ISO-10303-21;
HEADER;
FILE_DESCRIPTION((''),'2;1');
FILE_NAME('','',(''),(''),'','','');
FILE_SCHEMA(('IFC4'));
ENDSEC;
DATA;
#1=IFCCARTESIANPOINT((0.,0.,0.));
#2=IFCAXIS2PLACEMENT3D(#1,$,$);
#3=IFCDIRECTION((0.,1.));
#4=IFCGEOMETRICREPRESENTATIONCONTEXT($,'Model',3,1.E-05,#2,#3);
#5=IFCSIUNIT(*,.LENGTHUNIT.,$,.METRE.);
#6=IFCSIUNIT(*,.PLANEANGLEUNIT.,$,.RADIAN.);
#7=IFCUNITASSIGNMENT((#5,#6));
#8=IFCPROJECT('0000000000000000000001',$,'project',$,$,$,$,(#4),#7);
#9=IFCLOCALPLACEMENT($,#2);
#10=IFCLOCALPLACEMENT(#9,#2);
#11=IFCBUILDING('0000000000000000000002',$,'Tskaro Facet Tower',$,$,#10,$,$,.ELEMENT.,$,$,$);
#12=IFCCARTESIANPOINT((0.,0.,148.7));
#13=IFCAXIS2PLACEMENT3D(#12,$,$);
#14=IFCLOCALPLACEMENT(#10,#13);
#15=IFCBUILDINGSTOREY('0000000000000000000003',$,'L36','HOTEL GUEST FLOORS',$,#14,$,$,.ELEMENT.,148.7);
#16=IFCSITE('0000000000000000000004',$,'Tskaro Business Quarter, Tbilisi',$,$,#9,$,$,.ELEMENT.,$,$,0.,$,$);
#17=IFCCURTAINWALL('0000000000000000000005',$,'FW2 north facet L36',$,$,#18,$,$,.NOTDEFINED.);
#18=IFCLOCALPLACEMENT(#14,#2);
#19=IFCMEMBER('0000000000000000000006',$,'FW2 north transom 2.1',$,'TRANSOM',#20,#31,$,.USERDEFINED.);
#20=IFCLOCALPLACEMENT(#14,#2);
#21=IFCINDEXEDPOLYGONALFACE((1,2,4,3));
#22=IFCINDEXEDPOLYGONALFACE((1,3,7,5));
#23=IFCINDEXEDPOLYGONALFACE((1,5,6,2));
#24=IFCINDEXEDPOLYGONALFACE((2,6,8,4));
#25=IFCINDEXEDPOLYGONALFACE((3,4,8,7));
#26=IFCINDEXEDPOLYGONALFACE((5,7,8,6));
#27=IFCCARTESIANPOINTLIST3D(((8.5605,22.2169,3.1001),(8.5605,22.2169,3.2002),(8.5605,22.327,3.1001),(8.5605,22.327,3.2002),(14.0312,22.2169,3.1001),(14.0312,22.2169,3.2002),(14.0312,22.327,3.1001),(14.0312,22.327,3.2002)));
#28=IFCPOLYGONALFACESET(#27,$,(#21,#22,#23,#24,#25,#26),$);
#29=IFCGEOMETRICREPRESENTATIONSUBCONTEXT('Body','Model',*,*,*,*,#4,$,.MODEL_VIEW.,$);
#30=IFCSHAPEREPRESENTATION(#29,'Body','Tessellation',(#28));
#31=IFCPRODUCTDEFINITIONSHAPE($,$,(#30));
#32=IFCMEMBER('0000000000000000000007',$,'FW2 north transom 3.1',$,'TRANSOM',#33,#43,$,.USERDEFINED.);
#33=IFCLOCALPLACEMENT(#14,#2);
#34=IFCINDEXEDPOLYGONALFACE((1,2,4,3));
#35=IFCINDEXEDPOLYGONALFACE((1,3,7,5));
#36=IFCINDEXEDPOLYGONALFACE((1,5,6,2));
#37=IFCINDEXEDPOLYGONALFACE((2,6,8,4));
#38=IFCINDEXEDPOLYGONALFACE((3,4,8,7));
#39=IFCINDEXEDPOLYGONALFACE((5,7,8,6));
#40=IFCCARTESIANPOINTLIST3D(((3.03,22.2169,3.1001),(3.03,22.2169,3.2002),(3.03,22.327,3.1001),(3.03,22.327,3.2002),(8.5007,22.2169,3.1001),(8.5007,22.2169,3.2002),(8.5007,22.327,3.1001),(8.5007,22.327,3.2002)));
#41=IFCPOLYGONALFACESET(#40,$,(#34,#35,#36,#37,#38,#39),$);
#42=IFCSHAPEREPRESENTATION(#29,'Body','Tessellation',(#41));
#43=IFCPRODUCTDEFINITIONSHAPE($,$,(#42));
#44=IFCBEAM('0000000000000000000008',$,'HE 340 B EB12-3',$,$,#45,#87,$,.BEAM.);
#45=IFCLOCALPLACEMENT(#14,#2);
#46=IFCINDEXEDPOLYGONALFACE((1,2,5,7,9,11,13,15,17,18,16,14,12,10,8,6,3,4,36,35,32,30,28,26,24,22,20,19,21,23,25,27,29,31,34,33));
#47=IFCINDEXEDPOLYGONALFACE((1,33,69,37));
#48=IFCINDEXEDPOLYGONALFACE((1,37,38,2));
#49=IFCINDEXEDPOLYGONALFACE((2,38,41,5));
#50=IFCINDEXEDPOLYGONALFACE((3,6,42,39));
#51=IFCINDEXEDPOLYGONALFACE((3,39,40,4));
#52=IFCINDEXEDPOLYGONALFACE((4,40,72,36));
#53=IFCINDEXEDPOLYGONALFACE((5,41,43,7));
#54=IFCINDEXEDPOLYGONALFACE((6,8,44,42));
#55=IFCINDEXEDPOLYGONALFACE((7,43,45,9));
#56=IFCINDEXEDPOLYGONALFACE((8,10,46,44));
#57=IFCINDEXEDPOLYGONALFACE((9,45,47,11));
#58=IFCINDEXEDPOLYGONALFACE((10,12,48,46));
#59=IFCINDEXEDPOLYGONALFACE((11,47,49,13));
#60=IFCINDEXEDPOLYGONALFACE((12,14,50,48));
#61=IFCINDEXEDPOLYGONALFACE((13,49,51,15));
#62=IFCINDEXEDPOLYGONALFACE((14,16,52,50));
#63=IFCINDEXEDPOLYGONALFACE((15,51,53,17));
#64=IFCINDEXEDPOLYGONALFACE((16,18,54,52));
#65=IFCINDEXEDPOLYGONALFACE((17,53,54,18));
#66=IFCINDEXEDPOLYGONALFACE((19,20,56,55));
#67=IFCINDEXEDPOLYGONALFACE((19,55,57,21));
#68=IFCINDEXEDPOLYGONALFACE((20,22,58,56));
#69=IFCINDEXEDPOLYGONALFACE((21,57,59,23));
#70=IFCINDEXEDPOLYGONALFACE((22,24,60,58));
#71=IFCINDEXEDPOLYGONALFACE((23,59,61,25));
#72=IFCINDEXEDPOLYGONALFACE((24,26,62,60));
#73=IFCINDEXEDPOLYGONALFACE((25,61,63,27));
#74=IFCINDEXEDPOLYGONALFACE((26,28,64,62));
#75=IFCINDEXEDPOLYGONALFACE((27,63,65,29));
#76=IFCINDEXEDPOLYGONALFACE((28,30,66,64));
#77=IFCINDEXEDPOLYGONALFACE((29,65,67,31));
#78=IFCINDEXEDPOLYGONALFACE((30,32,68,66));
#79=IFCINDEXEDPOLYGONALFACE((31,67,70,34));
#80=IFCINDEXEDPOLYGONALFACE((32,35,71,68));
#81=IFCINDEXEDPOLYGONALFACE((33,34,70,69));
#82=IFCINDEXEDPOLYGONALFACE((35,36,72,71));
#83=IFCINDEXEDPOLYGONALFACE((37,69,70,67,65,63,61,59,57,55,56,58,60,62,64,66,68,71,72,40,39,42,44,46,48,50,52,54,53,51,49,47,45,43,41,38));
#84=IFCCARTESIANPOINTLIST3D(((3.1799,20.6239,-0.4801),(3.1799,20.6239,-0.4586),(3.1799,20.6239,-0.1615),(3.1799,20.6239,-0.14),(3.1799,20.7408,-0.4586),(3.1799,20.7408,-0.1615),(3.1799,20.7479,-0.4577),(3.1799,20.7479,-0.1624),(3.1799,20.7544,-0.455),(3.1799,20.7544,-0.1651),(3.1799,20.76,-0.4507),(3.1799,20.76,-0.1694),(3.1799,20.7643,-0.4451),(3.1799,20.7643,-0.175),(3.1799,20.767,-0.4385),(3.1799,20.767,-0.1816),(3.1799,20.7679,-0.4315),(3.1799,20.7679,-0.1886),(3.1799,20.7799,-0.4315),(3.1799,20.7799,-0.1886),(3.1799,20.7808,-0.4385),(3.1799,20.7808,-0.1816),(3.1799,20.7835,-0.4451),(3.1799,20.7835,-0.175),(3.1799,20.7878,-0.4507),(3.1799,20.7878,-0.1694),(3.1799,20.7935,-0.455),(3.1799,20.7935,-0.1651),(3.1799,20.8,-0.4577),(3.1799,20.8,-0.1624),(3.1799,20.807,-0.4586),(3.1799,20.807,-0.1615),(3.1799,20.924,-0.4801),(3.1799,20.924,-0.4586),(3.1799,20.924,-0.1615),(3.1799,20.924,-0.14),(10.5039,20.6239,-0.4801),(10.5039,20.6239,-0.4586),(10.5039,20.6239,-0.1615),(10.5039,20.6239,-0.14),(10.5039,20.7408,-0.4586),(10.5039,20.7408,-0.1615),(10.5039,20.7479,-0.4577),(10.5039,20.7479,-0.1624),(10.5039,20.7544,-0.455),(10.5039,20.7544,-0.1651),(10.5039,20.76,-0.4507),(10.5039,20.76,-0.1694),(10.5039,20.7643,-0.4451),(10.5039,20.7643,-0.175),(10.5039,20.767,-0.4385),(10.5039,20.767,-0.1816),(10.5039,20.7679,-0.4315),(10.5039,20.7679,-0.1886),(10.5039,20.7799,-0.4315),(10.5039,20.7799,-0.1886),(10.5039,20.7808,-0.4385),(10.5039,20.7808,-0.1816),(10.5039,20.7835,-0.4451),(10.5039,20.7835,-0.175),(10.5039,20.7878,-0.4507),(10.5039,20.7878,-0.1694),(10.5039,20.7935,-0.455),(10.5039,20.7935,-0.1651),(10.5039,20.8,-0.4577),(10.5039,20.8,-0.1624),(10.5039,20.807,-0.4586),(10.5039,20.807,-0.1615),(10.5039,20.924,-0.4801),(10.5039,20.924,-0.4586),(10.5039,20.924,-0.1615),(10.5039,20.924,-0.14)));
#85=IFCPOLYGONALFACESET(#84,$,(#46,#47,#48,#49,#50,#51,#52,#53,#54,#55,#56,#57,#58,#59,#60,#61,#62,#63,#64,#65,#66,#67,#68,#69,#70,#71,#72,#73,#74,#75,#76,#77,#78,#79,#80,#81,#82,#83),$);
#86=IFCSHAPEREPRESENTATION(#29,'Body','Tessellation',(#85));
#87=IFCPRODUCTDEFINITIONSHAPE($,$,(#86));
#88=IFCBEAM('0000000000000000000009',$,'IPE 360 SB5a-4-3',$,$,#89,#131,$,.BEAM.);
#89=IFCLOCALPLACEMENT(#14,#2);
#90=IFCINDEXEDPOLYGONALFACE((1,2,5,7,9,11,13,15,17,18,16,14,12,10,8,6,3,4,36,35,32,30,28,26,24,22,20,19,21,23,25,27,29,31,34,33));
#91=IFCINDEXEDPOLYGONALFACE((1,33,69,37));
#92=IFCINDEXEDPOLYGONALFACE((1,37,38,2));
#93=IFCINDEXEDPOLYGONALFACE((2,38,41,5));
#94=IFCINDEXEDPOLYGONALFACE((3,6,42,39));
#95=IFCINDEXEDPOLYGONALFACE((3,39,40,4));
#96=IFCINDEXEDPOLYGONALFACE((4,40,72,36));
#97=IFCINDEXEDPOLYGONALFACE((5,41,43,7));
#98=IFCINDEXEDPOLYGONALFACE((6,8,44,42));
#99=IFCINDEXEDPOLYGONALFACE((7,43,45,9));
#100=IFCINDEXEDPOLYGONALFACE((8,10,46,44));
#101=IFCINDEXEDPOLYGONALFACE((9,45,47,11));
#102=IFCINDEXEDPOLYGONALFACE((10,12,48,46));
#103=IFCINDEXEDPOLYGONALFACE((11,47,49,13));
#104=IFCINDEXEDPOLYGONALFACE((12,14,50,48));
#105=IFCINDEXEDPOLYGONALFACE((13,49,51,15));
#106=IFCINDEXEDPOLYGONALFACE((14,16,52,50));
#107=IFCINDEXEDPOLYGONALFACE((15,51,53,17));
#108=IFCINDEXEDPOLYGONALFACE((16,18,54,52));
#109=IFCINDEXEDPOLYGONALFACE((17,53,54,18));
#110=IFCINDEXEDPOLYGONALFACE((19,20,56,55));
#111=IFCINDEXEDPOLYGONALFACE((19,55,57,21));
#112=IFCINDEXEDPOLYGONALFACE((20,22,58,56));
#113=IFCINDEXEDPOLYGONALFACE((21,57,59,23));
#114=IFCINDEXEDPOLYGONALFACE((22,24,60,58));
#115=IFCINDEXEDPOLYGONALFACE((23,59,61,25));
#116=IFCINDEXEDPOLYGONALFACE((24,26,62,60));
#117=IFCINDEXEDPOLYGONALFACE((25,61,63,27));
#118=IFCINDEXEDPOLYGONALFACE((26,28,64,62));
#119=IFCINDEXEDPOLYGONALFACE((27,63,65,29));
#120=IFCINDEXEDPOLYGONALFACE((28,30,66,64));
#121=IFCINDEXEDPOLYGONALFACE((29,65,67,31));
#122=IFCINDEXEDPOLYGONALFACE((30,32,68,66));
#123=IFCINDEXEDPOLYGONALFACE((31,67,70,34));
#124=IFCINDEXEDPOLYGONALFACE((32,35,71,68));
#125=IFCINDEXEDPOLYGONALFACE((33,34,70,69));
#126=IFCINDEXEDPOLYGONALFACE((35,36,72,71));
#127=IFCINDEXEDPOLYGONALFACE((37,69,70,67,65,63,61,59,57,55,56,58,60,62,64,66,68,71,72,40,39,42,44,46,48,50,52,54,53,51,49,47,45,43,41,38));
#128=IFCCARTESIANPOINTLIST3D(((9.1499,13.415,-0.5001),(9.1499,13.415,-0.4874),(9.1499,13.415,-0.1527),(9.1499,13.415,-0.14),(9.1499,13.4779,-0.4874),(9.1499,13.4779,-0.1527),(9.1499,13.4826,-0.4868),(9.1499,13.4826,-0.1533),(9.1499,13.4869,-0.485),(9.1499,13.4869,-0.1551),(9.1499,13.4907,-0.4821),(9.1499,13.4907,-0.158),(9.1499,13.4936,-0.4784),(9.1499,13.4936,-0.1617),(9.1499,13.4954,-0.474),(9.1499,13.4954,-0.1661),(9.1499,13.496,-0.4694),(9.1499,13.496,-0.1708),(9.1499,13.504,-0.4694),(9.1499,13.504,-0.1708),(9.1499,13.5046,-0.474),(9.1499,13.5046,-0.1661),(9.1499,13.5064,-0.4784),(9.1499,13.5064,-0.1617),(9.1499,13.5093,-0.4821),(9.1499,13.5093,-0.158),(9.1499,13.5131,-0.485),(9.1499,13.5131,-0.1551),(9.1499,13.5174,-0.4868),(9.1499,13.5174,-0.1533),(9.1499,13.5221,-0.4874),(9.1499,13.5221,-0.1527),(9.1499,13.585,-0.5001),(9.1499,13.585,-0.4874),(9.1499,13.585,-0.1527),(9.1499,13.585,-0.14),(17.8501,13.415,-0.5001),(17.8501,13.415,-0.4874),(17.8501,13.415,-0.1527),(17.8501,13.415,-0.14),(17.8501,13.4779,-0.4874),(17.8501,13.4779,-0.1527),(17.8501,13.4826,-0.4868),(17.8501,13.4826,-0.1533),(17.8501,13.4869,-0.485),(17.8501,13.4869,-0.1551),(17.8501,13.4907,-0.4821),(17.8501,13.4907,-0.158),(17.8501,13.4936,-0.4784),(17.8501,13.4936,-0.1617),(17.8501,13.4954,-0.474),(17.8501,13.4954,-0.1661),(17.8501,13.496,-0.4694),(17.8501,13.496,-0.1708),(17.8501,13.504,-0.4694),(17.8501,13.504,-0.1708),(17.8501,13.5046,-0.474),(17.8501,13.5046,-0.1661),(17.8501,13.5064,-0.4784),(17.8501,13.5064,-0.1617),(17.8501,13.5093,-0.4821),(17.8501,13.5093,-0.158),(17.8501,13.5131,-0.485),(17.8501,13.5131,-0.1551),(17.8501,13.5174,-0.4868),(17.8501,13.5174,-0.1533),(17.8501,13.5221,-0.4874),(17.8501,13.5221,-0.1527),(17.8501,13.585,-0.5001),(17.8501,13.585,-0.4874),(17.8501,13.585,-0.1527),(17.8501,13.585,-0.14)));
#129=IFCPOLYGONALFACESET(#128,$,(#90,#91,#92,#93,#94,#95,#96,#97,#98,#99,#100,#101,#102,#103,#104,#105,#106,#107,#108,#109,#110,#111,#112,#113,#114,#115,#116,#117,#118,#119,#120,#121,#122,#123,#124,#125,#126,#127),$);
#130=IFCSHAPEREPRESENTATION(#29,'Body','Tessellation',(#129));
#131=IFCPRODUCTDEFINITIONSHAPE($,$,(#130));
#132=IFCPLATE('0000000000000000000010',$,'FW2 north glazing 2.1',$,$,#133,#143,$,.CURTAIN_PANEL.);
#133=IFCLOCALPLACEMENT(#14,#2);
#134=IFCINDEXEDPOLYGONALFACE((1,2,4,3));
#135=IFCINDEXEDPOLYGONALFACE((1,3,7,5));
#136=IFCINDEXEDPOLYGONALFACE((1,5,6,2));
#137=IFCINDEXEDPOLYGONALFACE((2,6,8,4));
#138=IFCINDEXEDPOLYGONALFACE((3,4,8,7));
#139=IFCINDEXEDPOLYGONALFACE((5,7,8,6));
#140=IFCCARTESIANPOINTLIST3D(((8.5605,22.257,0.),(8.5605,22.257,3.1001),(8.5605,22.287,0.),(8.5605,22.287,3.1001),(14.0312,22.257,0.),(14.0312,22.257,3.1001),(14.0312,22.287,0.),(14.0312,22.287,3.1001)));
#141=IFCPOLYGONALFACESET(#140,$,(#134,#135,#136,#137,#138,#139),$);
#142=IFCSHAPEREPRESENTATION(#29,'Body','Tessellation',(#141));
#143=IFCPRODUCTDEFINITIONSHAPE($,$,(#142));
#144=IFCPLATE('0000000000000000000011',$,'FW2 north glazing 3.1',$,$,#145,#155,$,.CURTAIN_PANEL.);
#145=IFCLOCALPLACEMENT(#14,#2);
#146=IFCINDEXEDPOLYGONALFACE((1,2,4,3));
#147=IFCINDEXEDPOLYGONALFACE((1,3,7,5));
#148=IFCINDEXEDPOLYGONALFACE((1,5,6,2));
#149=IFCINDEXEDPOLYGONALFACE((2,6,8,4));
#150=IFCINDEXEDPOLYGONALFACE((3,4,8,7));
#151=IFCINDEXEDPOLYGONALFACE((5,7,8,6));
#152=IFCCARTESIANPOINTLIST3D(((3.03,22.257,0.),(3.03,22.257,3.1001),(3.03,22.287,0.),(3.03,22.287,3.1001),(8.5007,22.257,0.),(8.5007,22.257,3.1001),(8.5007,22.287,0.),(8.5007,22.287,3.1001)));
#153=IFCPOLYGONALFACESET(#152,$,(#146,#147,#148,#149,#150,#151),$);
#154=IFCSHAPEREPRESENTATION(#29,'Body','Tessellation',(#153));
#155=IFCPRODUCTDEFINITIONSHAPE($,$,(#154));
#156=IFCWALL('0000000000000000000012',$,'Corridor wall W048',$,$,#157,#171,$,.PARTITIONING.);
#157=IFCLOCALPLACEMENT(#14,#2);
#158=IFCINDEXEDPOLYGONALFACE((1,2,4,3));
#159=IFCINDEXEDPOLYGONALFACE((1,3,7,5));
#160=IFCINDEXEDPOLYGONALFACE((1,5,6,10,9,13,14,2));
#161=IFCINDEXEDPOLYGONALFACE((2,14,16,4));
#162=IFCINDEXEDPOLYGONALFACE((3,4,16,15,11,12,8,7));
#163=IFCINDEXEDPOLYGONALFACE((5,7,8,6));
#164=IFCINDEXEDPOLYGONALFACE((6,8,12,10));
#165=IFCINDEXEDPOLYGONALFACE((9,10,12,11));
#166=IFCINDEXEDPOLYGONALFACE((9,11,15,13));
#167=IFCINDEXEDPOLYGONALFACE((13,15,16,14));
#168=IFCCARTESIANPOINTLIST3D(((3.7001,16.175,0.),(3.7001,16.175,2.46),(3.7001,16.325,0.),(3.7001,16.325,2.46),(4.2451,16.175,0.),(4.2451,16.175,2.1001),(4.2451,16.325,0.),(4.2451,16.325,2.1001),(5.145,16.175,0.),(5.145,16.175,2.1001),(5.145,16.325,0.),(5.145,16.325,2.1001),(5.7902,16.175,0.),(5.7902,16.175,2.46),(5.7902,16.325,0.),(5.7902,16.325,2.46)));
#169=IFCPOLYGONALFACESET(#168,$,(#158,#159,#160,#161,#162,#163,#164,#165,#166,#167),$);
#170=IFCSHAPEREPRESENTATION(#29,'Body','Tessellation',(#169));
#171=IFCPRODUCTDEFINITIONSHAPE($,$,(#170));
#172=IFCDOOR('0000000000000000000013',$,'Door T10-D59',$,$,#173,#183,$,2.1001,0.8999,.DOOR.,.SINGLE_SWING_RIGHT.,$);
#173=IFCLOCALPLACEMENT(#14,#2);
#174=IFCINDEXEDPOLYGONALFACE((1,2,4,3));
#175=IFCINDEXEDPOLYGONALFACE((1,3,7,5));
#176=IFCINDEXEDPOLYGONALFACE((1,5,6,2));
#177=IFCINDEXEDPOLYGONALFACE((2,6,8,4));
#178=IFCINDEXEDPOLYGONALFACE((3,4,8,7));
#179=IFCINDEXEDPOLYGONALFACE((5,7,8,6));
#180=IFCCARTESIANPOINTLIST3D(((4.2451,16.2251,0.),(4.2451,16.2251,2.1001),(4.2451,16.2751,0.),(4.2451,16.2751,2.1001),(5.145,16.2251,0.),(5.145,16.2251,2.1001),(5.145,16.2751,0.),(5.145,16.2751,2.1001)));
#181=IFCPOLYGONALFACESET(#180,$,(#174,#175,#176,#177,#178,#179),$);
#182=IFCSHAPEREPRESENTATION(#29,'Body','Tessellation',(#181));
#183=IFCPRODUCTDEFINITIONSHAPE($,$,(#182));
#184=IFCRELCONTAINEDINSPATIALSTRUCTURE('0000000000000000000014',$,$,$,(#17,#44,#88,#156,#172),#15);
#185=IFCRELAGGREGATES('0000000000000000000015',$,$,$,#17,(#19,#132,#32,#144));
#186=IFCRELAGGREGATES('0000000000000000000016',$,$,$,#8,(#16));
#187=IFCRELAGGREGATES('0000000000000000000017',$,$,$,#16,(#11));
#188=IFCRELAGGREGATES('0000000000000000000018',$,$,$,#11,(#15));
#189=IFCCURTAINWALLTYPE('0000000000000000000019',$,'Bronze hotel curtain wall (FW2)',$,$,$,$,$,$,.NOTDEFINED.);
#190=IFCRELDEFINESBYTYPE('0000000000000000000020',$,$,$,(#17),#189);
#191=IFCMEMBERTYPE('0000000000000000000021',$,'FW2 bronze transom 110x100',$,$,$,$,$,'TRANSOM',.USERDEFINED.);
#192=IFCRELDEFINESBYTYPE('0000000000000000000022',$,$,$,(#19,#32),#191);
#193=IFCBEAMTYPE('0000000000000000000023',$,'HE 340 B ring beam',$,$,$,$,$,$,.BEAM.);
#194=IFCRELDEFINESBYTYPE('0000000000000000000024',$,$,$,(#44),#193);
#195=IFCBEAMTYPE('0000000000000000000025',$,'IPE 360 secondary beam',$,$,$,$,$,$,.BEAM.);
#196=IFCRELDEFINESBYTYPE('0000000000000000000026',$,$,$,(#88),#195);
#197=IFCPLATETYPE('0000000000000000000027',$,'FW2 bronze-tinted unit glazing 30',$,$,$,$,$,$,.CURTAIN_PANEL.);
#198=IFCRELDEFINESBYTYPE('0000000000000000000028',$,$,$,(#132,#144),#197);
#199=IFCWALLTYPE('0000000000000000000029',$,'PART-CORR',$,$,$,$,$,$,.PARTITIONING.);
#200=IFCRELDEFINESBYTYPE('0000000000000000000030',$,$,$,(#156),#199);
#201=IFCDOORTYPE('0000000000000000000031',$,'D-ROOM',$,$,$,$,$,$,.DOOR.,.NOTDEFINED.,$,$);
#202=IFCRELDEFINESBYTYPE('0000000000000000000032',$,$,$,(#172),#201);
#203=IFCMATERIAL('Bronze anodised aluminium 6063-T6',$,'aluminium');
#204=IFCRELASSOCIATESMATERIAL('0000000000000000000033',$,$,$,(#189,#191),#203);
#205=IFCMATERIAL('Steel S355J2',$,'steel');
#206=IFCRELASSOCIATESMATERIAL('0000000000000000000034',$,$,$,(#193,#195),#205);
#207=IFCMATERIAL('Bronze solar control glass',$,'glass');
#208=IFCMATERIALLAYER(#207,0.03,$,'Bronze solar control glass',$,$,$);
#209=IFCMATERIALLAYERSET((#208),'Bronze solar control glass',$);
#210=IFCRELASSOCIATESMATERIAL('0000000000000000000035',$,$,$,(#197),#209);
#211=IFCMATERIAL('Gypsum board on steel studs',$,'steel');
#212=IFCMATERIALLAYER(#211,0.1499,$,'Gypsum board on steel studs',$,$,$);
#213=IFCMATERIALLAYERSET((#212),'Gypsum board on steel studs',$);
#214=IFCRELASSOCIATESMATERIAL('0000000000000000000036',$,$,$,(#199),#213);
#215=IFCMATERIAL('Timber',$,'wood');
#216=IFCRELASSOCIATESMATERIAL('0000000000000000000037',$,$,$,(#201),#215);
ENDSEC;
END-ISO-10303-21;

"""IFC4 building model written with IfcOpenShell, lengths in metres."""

from ifc_helpers import new_model, si_unit, direction, frame, frame_2d, origin, origin_2d, place, context, subcontext, project, spatial, rectangle, i_section, extrude, material, layer, layer_set, material_profile, profile_set, type_object, element, fill, aggregate, save


model = new_model("IFC4")

# Units and contexts
model_context = context("Model", 3, precision=1e-05, world=origin(), true_north=direction((0.0, 1.0)))
body_context = subcontext(model_context, "Body", "Model", "MODEL_VIEW")
ifc_project = project(units=[si_unit("LENGTHUNIT", "METRE"), si_unit("PLANEANGLEUNIT", "RADIAN")], contexts=[model_context])

# Site, building, storey
site_placement = place(None, origin())
site = spatial("IfcSite", under=ifc_project, at=site_placement, Name="Tskaro Business Quarter, Tbilisi", CompositionType="ELEMENT", RefElevation=0.0)
building_placement = place(site_placement, origin())
building = spatial("IfcBuilding", under=site, at=building_placement, Name="Tskaro Facet Tower", CompositionType="ELEMENT")
storey_placement = place(building_placement, frame((0.0, 0.0, 148.7)))
storey = spatial("IfcBuildingStorey", under=building, at=storey_placement, Name="L36", Description="HOTEL GUEST FLOORS", CompositionType="ELEMENT", Elevation=148.7)

# Curtain wall, members
ifc_material_1 = material(Name="Bronze anodised aluminium 6063-T6", Category="aluminium")
curtain_wall_type = type_object("IfcCurtainWallType", Name="Bronze hotel curtain wall (FW2)", PredefinedType="NOTDEFINED", material=ifc_material_1)
curtain_wall_placement = place(storey_placement, origin())
curtain_wall = element("IfcCurtainWall", 1, at=curtain_wall_placement, inside=storey, type_object=curtain_wall_type, Name="FW2 north facet L36", PredefinedType="NOTDEFINED")
ifc_material_profile_1 = material_profile(ifc_material_1, rectangle(XDim=0.1101, YDim=0.1001, at=origin_2d()), Name="Transom 110x100")
ifc_profile_set_1 = profile_set([ifc_material_profile_1], Name="Bronze anodised aluminium 6063-T6")
member_type_1 = type_object("IfcMemberType", Name="FW2 bronze transom 110x100", ElementType="TRANSOM", PredefinedType="USERDEFINED", material=ifc_profile_set_1)
member_1_placement = place(storey_placement, frame((14.0312, 22.272, 3.1501), z_axis=(-1.0, 0.0, 0.0), x_axis=(0.0, -1.0, 0.0)))
member_1 = element("IfcMember", 2, at=member_1_placement, type_object=member_type_1, Name="FW2 north transom 2.1", ObjectType="TRANSOM", PredefinedType="USERDEFINED", context=body_context, shape_type="SweptSolid", body=[
    extrude(rectangle(XDim=0.1101, YDim=0.1001, at=origin_2d()), origin(), (0.0, 0.0, 1.0), 5.4707),
])
member_2_placement = place(storey_placement, frame((8.5007, 22.272, 3.1501), z_axis=(-1.0, 0.0, 0.0), x_axis=(0.0, -1.0, 0.0)))
member_2 = element("IfcMember", 3, at=member_2_placement, type_object=member_type_1, Name="FW2 north transom 3.1", ObjectType="TRANSOM", PredefinedType="USERDEFINED", context=body_context, shape_type="SweptSolid", body=[
    extrude(rectangle(XDim=0.1101, YDim=0.1001, at=origin_2d()), origin(), (0.0, 0.0, 1.0), 5.4707),
])

# Beams
ifc_material_2 = material(Name="Steel S355J2", Category="steel")
ifc_material_profile_2 = material_profile(ifc_material_2, i_section(OverallWidth=0.3, OverallDepth=0.3401, WebThickness=0.012, FlangeThickness=0.0215, FilletRadius=0.0271, at=origin_2d()), Name="HE 340 B")
ifc_profile_set_2 = profile_set([ifc_material_profile_2], Name="Steel S355J2")
beam_type_1 = type_object("IfcBeamType", Name="HE 340 B ring beam", PredefinedType="BEAM", material=ifc_profile_set_2)
beam_1_placement = place(storey_placement, frame((10.5039, 20.7739, -0.3101), z_axis=(-1.0, 0.0, 0.0), x_axis=(0.0, -1.0, 0.0)))
element("IfcBeam", 4, at=beam_1_placement, inside=storey, type_object=beam_type_1, Name="HE 340 B EB12-3", PredefinedType="BEAM", context=body_context, shape_type="SweptSolid", body=[
    extrude(i_section(OverallWidth=0.3, OverallDepth=0.3401, WebThickness=0.012, FlangeThickness=0.0215, FilletRadius=0.0271, at=origin_2d()), origin(), (0.0, 0.0, 1.0), 7.324),
])
ifc_material_profile_3 = material_profile(ifc_material_2, i_section(OverallWidth=0.1699, OverallDepth=0.3601, WebThickness=0.0081, FlangeThickness=0.0127, FilletRadius=0.0181, at=origin_2d()), Name="IPE 360")
ifc_profile_set_3 = profile_set([ifc_material_profile_3], Name="Steel S355J2")
beam_type_2 = type_object("IfcBeamType", Name="IPE 360 secondary beam", PredefinedType="BEAM", material=ifc_profile_set_3)
beam_2_placement = place(storey_placement, frame((9.1499, 13.5, -0.3201), z_axis=(1.0, 0.0, 0.0), x_axis=(0.0, 1.0, 0.0)))
element("IfcBeam", 5, at=beam_2_placement, inside=storey, type_object=beam_type_2, Name="IPE 360 SB5a-4-3", PredefinedType="BEAM", context=body_context, shape_type="SweptSolid", body=[
    extrude(i_section(OverallWidth=0.1699, OverallDepth=0.3601, WebThickness=0.0081, FlangeThickness=0.0127, FilletRadius=0.0181, at=origin_2d()), origin(), (0.0, 0.0, 1.0), 8.7002),
])

# Plates
ifc_material_3 = material(Name="Bronze solar control glass", Category="glass")
ifc_layer_1 = layer(ifc_material_3, 0.03, Name="Bronze solar control glass")
ifc_layer_set_1 = layer_set([ifc_layer_1], Name="Bronze solar control glass")
plate_type = type_object("IfcPlateType", Name="FW2 bronze-tinted unit glazing 30", PredefinedType="CURTAIN_PANEL", material=ifc_layer_set_1)
plate_1_placement = place(storey_placement, frame((11.2959, 22.272, 0.0), z_axis=(0.0, 0.0, 1.0), x_axis=(-1.0, 0.0, 0.0)))
plate_1 = element("IfcPlate", 6, at=plate_1_placement, type_object=plate_type, Name="FW2 north glazing 2.1", PredefinedType="CURTAIN_PANEL", context=body_context, shape_type="SweptSolid", body=[
    extrude(rectangle(XDim=5.4707, YDim=0.03, at=origin_2d()), origin(), (0.0, 0.0, 1.0), 3.1001),
])
plate_2_placement = place(storey_placement, frame((5.7654, 22.272, 0.0), z_axis=(0.0, 0.0, 1.0), x_axis=(-1.0, 0.0, 0.0)))
plate_2 = element("IfcPlate", 7, at=plate_2_placement, type_object=plate_type, Name="FW2 north glazing 3.1", PredefinedType="CURTAIN_PANEL", context=body_context, shape_type="SweptSolid", body=[
    extrude(rectangle(XDim=5.4707, YDim=0.03, at=origin_2d()), origin(), (0.0, 0.0, 1.0), 3.1001),
])
aggregate(curtain_wall, [member_1, plate_1, member_2, plate_2])

# Wall, opening, door
ifc_material_4 = material(Name="Gypsum board on steel studs", Category="steel")
ifc_layer_2 = layer(ifc_material_4, 0.1499, Name="Gypsum board on steel studs")
ifc_layer_set_2 = layer_set([ifc_layer_2], Name="Gypsum board on steel studs")
wall_type_1 = type_object("IfcWallType", Name="PART-CORR", PredefinedType="PARTITIONING", material=ifc_layer_set_2)
wall_1_placement = place(storey_placement, frame((5.79, 16.25, 0.0), z_axis=(0.0, 0.0, 1.0), x_axis=(-1.0, 0.0, 0.0)))
wall_1 = element("IfcWall", 8, at=wall_1_placement, inside=storey, type_object=wall_type_1, Name="Corridor wall W048", PredefinedType="PARTITIONING", context=body_context, shape_type="SweptSolid", body=[
    extrude(rectangle(XDim=2.0901, YDim=0.1499, at=frame_2d((1.0449, 0.0))), origin(), (0.0, 0.0, 1.0), 2.46),
])
opening_1_placement = place(wall_1_placement, frame((0.645, 0.0, 0.0)))
opening_1 = element("IfcOpeningElement", 9, at=opening_1_placement, cuts=wall_1, PredefinedType="OPENING", context=body_context, shape_type="SweptSolid", body=[
    extrude(rectangle(XDim=0.8999, YDim=2.1001, at=frame_2d((0.45, 1.05))), frame((0.0, 0.085, 0.0), z_axis=(0.0, -1.0, 0.0), x_axis=(1.0, 0.0, 0.0)), (0.0, 0.0, 1.0), 0.1699),
])
ifc_material_5 = material(Name="Timber", Category="wood")
door_type = type_object("IfcDoorType", Name="D-ROOM", OperationType="NOTDEFINED", PredefinedType="DOOR", material=ifc_material_5)
door_1_placement = place(opening_1_placement, origin())
door_1 = element("IfcDoor", 10, at=door_1_placement, inside=storey, type_object=door_type, Name="Door T10-D59", OperationType="SINGLE_SWING_RIGHT", OverallHeight=2.1001, OverallWidth=0.8999, PredefinedType="DOOR", context=body_context, shape_type="SweptSolid", body=[
    extrude(rectangle(XDim=0.8999, YDim=2.1001, at=frame_2d((0.45, 1.05))), frame((0.0, 0.0249, 0.0), z_axis=(0.0, -1.0, 0.0), x_axis=(1.0, 0.0, 0.0)), (0.0, 0.0, 1.0), 0.05),
])
fill(opening_1, door_1)

save(model, "model.ifc")
